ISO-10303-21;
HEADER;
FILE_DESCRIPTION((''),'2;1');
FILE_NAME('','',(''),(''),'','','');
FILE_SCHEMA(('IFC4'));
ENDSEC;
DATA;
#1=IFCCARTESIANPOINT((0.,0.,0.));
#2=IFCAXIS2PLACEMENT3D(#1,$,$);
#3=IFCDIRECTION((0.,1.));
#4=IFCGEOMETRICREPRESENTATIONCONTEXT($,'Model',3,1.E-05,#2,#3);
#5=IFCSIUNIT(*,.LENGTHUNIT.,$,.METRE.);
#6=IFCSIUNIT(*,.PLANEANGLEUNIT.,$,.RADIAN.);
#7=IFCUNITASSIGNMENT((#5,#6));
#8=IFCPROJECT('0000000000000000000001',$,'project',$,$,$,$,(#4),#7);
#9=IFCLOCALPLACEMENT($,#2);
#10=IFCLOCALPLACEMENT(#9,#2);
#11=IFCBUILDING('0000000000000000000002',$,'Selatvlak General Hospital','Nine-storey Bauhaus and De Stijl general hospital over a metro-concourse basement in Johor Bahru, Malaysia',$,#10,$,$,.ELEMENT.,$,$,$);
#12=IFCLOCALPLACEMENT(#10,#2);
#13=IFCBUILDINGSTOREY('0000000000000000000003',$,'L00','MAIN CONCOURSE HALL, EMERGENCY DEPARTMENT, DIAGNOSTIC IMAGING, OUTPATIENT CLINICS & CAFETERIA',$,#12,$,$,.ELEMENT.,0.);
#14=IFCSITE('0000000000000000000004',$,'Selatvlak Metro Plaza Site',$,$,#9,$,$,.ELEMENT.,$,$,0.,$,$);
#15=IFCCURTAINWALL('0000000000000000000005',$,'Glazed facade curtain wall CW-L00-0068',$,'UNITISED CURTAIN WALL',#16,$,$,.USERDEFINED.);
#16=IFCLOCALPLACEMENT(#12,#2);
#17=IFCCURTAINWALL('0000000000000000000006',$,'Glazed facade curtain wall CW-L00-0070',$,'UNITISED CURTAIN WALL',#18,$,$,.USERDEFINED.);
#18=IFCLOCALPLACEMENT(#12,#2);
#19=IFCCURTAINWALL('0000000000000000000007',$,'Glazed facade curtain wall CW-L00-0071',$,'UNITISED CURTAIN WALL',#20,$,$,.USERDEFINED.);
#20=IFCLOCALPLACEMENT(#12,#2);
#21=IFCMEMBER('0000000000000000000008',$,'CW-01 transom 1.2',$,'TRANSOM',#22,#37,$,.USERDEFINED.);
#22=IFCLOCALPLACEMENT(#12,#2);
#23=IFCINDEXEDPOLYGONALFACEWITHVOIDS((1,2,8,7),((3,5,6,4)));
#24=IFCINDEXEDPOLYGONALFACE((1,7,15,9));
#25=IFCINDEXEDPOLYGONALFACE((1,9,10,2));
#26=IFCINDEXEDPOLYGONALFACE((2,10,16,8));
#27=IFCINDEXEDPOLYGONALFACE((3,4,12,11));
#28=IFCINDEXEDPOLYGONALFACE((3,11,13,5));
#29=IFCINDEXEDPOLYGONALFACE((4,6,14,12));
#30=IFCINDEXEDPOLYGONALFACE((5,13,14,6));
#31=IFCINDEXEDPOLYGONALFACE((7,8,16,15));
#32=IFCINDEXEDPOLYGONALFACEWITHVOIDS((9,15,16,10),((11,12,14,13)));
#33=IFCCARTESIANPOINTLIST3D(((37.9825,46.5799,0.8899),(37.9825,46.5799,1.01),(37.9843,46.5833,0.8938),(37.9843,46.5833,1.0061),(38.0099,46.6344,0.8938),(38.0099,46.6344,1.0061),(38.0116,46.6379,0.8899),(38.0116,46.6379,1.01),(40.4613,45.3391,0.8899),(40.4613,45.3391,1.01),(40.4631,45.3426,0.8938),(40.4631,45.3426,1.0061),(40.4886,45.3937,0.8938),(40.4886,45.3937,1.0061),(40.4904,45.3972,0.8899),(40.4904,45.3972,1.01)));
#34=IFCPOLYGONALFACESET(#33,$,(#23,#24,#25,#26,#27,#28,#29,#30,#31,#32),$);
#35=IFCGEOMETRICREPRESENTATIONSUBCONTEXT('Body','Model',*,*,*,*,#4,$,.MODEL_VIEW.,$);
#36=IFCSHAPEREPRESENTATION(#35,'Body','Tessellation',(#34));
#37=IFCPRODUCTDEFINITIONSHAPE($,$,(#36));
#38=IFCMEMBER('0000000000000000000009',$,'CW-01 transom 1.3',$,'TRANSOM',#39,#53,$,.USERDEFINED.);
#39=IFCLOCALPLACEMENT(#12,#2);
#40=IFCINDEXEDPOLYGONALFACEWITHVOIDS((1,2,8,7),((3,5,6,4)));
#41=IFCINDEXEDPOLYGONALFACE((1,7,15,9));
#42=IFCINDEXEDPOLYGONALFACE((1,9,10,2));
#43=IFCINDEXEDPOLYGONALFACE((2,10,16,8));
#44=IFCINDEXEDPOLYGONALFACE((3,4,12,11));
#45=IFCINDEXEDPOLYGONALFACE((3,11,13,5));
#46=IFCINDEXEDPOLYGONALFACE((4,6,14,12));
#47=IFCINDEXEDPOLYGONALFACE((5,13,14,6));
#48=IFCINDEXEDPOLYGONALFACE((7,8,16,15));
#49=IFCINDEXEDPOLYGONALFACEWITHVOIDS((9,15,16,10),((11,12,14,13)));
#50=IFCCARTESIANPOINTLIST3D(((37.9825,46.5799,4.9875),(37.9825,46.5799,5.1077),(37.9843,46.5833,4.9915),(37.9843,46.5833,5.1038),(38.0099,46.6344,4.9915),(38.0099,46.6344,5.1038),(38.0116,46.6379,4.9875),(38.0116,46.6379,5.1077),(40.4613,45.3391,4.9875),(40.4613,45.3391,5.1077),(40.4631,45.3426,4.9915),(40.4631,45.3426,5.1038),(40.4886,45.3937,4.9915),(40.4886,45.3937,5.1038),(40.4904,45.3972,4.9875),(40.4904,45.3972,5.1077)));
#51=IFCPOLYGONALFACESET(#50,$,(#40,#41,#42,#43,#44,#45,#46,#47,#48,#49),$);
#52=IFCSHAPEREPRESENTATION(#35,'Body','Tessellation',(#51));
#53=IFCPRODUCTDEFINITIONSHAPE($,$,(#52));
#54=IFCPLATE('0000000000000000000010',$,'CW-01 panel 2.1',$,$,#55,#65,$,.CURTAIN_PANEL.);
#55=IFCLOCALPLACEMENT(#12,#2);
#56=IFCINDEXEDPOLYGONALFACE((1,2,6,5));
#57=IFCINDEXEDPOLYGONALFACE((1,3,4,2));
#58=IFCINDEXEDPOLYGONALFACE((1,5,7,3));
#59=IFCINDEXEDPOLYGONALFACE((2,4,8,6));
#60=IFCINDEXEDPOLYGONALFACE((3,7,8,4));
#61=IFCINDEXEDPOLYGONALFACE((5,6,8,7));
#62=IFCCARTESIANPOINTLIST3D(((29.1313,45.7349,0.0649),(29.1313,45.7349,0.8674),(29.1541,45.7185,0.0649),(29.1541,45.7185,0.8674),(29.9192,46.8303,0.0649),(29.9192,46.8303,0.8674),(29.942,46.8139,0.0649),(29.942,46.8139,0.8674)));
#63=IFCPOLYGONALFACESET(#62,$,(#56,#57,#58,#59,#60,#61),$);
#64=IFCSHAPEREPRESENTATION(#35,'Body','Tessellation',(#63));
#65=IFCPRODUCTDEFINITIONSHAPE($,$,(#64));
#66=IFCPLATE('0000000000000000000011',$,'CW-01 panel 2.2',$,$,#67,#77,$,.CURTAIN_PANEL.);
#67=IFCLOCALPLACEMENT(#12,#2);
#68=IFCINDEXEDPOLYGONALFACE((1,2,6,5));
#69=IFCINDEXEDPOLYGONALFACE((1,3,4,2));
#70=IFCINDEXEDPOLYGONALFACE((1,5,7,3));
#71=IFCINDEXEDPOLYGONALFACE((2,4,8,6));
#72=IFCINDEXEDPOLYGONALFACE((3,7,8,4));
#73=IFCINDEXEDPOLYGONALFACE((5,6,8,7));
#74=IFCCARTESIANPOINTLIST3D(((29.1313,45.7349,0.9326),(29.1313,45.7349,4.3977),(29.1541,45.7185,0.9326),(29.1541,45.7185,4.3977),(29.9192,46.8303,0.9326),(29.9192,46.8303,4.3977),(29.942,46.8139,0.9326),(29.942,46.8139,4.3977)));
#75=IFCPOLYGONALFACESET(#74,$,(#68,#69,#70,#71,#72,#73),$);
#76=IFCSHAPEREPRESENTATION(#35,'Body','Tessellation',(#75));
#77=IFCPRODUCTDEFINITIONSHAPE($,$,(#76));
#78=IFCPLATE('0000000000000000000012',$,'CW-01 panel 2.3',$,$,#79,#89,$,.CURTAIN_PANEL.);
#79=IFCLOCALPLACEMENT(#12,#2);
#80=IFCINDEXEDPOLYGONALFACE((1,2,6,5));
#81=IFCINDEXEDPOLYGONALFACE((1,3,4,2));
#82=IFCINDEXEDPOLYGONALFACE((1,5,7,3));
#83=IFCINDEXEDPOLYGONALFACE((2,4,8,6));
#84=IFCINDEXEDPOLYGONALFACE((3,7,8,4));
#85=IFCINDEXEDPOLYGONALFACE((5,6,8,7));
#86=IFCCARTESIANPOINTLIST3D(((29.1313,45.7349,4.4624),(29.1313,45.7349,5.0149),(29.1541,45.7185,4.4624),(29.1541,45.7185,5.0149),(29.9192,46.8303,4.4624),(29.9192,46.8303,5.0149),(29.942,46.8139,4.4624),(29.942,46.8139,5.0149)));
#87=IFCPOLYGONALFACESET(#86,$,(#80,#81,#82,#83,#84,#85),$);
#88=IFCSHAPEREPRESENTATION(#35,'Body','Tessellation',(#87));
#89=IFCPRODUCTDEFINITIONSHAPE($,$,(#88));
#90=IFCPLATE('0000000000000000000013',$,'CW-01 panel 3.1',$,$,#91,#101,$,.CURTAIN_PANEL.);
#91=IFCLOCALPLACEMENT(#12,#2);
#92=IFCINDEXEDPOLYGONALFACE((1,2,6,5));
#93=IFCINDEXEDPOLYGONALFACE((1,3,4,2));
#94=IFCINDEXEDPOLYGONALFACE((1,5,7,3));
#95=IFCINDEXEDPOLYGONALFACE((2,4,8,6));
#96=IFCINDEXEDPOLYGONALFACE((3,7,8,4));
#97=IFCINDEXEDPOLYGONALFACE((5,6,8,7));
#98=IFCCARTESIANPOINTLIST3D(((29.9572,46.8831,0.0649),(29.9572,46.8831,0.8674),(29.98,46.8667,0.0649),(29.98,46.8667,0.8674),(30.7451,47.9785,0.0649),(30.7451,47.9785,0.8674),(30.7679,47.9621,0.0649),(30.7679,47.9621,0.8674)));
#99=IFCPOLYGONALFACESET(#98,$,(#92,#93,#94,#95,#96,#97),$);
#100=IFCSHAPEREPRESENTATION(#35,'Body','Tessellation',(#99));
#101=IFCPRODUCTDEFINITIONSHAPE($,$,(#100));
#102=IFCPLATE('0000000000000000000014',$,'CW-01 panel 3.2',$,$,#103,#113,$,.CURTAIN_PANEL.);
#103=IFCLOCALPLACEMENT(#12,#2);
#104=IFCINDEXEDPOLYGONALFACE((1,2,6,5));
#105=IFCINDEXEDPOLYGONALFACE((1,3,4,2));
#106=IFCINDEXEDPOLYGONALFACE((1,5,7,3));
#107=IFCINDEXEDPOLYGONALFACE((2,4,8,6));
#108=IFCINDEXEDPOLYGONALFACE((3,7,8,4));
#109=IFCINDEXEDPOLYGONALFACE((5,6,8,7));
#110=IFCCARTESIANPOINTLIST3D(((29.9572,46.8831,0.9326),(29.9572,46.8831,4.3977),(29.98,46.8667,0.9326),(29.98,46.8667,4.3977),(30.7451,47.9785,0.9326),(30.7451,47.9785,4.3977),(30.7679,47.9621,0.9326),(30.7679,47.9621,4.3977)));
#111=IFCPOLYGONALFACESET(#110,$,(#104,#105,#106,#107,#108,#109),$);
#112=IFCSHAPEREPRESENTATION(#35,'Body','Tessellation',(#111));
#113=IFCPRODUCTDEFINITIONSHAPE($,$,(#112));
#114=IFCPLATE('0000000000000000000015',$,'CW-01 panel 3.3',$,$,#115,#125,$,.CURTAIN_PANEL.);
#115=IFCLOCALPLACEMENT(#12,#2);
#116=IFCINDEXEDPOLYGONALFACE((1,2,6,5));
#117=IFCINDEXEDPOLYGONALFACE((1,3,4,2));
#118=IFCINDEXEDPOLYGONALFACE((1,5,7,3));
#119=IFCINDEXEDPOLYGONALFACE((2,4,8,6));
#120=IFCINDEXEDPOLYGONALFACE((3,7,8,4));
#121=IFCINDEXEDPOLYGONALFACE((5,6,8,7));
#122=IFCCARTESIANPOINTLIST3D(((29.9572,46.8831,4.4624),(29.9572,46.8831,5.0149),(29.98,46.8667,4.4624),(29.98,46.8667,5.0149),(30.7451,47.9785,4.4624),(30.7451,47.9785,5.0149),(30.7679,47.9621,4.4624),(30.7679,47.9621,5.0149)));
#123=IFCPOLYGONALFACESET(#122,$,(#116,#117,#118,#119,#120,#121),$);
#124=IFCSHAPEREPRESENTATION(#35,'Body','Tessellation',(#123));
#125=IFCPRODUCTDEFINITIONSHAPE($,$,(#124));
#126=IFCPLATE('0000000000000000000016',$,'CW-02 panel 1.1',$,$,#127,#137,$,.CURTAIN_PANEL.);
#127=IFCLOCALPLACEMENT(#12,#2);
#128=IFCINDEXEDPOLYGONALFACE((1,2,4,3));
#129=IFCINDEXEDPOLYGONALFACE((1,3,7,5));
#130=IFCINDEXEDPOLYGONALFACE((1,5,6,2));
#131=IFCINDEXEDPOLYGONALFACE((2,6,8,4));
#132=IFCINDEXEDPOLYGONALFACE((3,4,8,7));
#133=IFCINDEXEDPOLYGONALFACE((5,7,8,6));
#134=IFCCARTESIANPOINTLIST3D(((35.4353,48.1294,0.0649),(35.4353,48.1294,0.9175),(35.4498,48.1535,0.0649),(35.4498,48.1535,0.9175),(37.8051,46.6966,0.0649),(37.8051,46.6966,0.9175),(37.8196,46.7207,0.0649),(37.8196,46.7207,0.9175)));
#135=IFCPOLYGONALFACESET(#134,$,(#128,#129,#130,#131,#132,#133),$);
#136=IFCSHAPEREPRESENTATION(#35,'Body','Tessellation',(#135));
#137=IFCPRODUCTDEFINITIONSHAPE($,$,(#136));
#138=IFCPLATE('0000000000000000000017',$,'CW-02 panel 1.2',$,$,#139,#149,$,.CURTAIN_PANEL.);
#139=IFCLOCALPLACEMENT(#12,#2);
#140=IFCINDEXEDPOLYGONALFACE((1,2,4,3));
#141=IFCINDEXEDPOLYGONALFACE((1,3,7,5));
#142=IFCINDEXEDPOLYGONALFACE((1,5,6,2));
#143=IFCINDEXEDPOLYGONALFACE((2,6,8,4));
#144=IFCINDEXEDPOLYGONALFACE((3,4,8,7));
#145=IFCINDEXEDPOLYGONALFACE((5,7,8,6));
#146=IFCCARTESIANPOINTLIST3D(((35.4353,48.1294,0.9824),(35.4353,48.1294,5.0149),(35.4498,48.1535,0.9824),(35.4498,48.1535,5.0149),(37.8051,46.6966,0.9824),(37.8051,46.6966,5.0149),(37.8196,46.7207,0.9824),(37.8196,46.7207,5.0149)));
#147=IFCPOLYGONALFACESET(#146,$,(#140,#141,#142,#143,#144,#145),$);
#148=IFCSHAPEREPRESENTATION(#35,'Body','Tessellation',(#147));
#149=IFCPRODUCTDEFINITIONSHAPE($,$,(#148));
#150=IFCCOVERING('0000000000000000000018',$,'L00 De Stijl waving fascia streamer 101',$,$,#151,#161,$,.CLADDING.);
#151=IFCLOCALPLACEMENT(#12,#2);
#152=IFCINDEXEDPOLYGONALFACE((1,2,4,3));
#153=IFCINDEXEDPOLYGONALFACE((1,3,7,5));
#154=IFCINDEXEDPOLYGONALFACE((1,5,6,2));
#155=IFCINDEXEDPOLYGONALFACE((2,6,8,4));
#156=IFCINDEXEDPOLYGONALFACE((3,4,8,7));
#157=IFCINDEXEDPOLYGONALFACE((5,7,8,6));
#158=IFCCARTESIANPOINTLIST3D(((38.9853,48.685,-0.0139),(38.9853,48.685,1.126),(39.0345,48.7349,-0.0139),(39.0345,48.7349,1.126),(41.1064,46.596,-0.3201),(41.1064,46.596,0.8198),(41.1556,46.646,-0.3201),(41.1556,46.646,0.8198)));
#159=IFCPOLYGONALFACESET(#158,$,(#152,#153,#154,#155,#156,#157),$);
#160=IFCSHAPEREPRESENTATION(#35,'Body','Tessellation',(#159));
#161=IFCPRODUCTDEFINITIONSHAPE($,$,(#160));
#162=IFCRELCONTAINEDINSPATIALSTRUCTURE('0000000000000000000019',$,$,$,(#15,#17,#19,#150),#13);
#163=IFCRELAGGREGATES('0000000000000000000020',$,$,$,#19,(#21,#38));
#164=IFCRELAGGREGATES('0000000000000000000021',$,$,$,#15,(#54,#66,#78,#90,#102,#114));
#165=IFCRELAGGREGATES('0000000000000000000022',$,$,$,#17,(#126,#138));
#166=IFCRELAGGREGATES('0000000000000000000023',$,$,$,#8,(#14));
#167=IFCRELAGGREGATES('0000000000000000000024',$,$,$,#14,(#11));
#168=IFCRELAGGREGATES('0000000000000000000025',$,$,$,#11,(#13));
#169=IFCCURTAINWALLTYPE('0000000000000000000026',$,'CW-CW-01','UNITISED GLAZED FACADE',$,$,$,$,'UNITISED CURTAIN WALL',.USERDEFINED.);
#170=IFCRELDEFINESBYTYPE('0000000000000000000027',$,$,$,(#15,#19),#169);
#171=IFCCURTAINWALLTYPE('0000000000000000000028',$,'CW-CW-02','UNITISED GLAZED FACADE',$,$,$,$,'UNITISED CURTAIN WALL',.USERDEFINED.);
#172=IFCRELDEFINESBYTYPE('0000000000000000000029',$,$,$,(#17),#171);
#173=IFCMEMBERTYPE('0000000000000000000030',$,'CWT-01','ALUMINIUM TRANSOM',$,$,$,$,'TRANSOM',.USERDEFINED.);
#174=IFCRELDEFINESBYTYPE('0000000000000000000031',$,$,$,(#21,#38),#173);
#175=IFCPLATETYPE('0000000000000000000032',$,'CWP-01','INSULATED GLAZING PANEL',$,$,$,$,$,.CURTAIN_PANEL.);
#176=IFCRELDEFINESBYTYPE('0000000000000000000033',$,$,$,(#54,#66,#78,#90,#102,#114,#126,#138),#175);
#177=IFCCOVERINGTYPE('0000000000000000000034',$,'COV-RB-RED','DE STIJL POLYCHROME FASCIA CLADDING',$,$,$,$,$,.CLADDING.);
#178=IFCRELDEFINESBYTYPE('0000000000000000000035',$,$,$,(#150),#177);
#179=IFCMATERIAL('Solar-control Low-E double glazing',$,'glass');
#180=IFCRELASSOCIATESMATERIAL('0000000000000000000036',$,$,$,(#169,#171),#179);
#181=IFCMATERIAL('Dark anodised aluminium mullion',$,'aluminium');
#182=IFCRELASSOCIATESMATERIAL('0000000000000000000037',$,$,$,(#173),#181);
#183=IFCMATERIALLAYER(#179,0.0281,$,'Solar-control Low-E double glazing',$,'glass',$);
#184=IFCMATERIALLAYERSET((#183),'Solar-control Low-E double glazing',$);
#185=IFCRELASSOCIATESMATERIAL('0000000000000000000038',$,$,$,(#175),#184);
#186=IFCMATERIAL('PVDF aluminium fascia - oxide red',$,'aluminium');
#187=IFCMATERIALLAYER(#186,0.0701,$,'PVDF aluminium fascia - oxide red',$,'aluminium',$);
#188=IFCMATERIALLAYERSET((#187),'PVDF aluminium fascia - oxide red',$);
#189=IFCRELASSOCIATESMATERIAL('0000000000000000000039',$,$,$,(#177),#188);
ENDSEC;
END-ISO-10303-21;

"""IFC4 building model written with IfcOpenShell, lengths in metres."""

from ifc_helpers import new_model, si_unit, direction, frame, origin, origin_2d, place, context, subcontext, project, spatial, polyline, rectangle, hollow_rectangle, outline, extrude, material, layer, layer_set, material_profile, profile_set, type_object, element, aggregate, save


model = new_model("IFC4")

# Units and contexts
model_context = context("Model", 3, precision=1e-05, world=origin(), true_north=direction((0.0, 1.0)))
body_context = subcontext(model_context, "Body", "Model", "MODEL_VIEW")
ifc_project = project(units=[si_unit("LENGTHUNIT", "METRE"), si_unit("PLANEANGLEUNIT", "RADIAN")], contexts=[model_context])

# Site, building, storey
site_placement = place(None, origin())
site = spatial("IfcSite", under=ifc_project, at=site_placement, Name="Selatvlak Metro Plaza Site", CompositionType="ELEMENT", RefElevation=0.0)
building_placement = place(site_placement, origin())
building = spatial("IfcBuilding", under=site, at=building_placement, Name="Selatvlak General Hospital", Description="Nine-storey Bauhaus and De Stijl general hospital over a metro-concourse basement in Johor Bahru, Malaysia", CompositionType="ELEMENT")
storey_placement = place(building_placement, origin())
storey = spatial("IfcBuildingStorey", under=building, at=storey_placement, Name="L00", Description="MAIN CONCOURSE HALL, EMERGENCY DEPARTMENT, DIAGNOSTIC IMAGING, OUTPATIENT CLINICS & CAFETERIA", CompositionType="ELEMENT", Elevation=0.0)

# Curtain wall
ifc_material_1 = material(Name="Solar-control Low-E double glazing", Category="glass")
curtain_wall_type_1 = type_object("IfcCurtainWallType", Name="CW-CW-01", Description="UNITISED GLAZED FACADE", ElementType="UNITISED CURTAIN WALL", PredefinedType="USERDEFINED", material=ifc_material_1)
curtain_wall_1_placement = place(storey_placement, origin())
curtain_wall_1 = element("IfcCurtainWall", 1, at=curtain_wall_1_placement, inside=storey, type_object=curtain_wall_type_1, Name="Glazed facade curtain wall CW-L00-0068", ObjectType="UNITISED CURTAIN WALL", PredefinedType="USERDEFINED")
ifc_material_2 = material(Name="Dark anodised aluminium mullion", Category="aluminium")

# Curtain walls
curtain_wall_type_2 = type_object("IfcCurtainWallType", Name="CW-CW-02", Description="UNITISED GLAZED FACADE", ElementType="UNITISED CURTAIN WALL", PredefinedType="USERDEFINED", material=ifc_material_1)
curtain_wall_2_placement = place(storey_placement, origin())
curtain_wall_2 = element("IfcCurtainWall", 2, at=curtain_wall_2_placement, inside=storey, type_object=curtain_wall_type_2, Name="Glazed facade curtain wall CW-L00-0070", ObjectType="UNITISED CURTAIN WALL", PredefinedType="USERDEFINED")
curtain_wall_3_placement = place(storey_placement, origin())
curtain_wall_3 = element("IfcCurtainWall", 3, at=curtain_wall_3_placement, inside=storey, type_object=curtain_wall_type_1, Name="Glazed facade curtain wall CW-L00-0071", ObjectType="UNITISED CURTAIN WALL", PredefinedType="USERDEFINED")

# Members
ifc_material_profile_1 = material_profile(ifc_material_2, hollow_rectangle(XDim=0.0649, YDim=0.1201, WallThickness=0.0039, at=origin_2d()), Name="AL-TRN 65x120x4")
ifc_profile_set_1 = profile_set([ifc_material_profile_1], Name="Dark anodised aluminium mullion")
member_type_1 = type_object("IfcMemberType", Name="CWT-01", Description="ALUMINIUM TRANSOM", ElementType="TRANSOM", PredefinedType="USERDEFINED", material=ifc_profile_set_1)
member_1_placement = place(storey_placement, frame((37.9971, 46.6089, 0.95), z_axis=(0.894233, -0.447601, 0.0), x_axis=(0.447601, 0.894233, 0.0)))
member_1 = element("IfcMember", 4, at=member_1_placement, type_object=member_type_1, Name="CW-01 transom 1.2", ObjectType="TRANSOM", PredefinedType="USERDEFINED", context=body_context, shape_type="SweptSolid", body=[
    extrude(hollow_rectangle(XDim=0.0649, YDim=0.1201, WallThickness=0.0039, at=origin_2d()), origin(), (0.0, 0.0, 1.0), 2.772),
])
member_2_placement = place(storey_placement, frame((37.9971, 46.6089, 5.0476), z_axis=(0.894233, -0.447601, 0.0), x_axis=(0.447601, 0.894233, 0.0)))
member_2 = element("IfcMember", 5, at=member_2_placement, type_object=member_type_1, Name="CW-01 transom 1.3", ObjectType="TRANSOM", PredefinedType="USERDEFINED", context=body_context, shape_type="SweptSolid", body=[
    extrude(hollow_rectangle(XDim=0.0649, YDim=0.1201, WallThickness=0.0039, at=origin_2d()), origin(), (0.0, 0.0, 1.0), 2.772),
])
aggregate(curtain_wall_3, [member_1, member_2])

# Plates
ifc_layer_1 = layer(ifc_material_1, 0.0281, Name="Solar-control Low-E double glazing", Category="glass")
ifc_layer_set_1 = layer_set([ifc_layer_1], Name="Solar-control Low-E double glazing")
plate_type = type_object("IfcPlateType", Name="CWP-01", Description="INSULATED GLAZING PANEL", PredefinedType="CURTAIN_PANEL", material=ifc_layer_set_1)
plate_1_placement = place(storey_placement, frame((29.5366, 46.2744, 0.0649), z_axis=(0.0, 0.0, 1.0), x_axis=(0.583884, 0.811837, 0.0)))
plate_1 = element("IfcPlate", 6, at=plate_1_placement, type_object=plate_type, Name="CW-01 panel 2.1", PredefinedType="CURTAIN_PANEL", context=body_context, shape_type="SweptSolid", body=[
    extrude(rectangle(XDim=1.3494, YDim=0.0281, at=origin_2d()), origin(), (0.0, 0.0, 1.0), 0.8025),
])
plate_2_placement = place(storey_placement, frame((29.5366, 46.2744, 0.9326), z_axis=(0.0, 0.0, 1.0), x_axis=(0.583884, 0.811837, 0.0)))
plate_2 = element("IfcPlate", 7, at=plate_2_placement, type_object=plate_type, Name="CW-01 panel 2.2", PredefinedType="CURTAIN_PANEL", context=body_context, shape_type="SweptSolid", body=[
    extrude(rectangle(XDim=1.3494, YDim=0.0281, at=origin_2d()), origin(), (0.0, 0.0, 1.0), 3.4651),
])
plate_3_placement = place(storey_placement, frame((29.5366, 46.2744, 4.4624), z_axis=(0.0, 0.0, 1.0), x_axis=(0.583884, 0.811837, 0.0)))
plate_3 = element("IfcPlate", 8, at=plate_3_placement, type_object=plate_type, Name="CW-01 panel 2.3", PredefinedType="CURTAIN_PANEL", context=body_context, shape_type="SweptSolid", body=[
    extrude(rectangle(XDim=1.3494, YDim=0.0281, at=origin_2d()), origin(), (0.0, 0.0, 1.0), 0.5525),
])
plate_4_placement = place(storey_placement, frame((30.3625, 47.4226, 0.0649), z_axis=(0.0, 0.0, 1.0), x_axis=(0.583884, 0.811837, 0.0)))
plate_4 = element("IfcPlate", 9, at=plate_4_placement, type_object=plate_type, Name="CW-01 panel 3.1", PredefinedType="CURTAIN_PANEL", context=body_context, shape_type="SweptSolid", body=[
    extrude(rectangle(XDim=1.3494, YDim=0.0281, at=origin_2d()), origin(), (0.0, 0.0, 1.0), 0.8025),
])
plate_5_placement = place(storey_placement, frame((30.3625, 47.4226, 0.9326), z_axis=(0.0, 0.0, 1.0), x_axis=(0.583884, 0.811837, 0.0)))
plate_5 = element("IfcPlate", 10, at=plate_5_placement, type_object=plate_type, Name="CW-01 panel 3.2", PredefinedType="CURTAIN_PANEL", context=body_context, shape_type="SweptSolid", body=[
    extrude(rectangle(XDim=1.3494, YDim=0.0281, at=origin_2d()), origin(), (0.0, 0.0, 1.0), 3.4651),
])
plate_6_placement = place(storey_placement, frame((30.3625, 47.4226, 4.4624), z_axis=(0.0, 0.0, 1.0), x_axis=(0.583884, 0.811837, 0.0)))
plate_6 = element("IfcPlate", 11, at=plate_6_placement, type_object=plate_type, Name="CW-01 panel 3.3", PredefinedType="CURTAIN_PANEL", context=body_context, shape_type="SweptSolid", body=[
    extrude(rectangle(XDim=1.3494, YDim=0.0281, at=origin_2d()), origin(), (0.0, 0.0, 1.0), 0.5525),
])
aggregate(curtain_wall_1, [plate_1, plate_2, plate_3, plate_4, plate_5, plate_6])
plate_7_placement = place(storey_placement, frame((36.6274, 47.425, 0.0649), z_axis=(0.0, 0.0, 1.0), x_axis=(0.855753, -0.517384, 0.0)))
plate_7 = element("IfcPlate", 12, at=plate_7_placement, type_object=plate_type, Name="CW-02 panel 1.1", PredefinedType="CURTAIN_PANEL", context=body_context, shape_type="SweptSolid", body=[
    extrude(rectangle(XDim=2.7693, YDim=0.0281, at=origin_2d()), origin(), (0.0, 0.0, 1.0), 0.8525),
])
plate_8_placement = place(storey_placement, frame((36.6274, 47.425, 0.9824), z_axis=(0.0, 0.0, 1.0), x_axis=(0.855753, -0.517384, 0.0)))
plate_8 = element("IfcPlate", 13, at=plate_8_placement, type_object=plate_type, Name="CW-02 panel 1.2", PredefinedType="CURTAIN_PANEL", context=body_context, shape_type="SweptSolid", body=[
    extrude(rectangle(XDim=2.7693, YDim=0.0281, at=origin_2d()), origin(), (0.0, 0.0, 1.0), 4.0325),
])
aggregate(curtain_wall_2, [plate_7, plate_8])

# Covering
ifc_material_3 = material(Name="PVDF aluminium fascia - oxide red", Category="aluminium")
ifc_layer_2 = layer(ifc_material_3, 0.0701, Name="PVDF aluminium fascia - oxide red", Category="aluminium")
ifc_layer_set_2 = layer_set([ifc_layer_2], Name="PVDF aluminium fascia - oxide red")
covering_type = type_object("IfcCoveringType", Name="COV-RB-RED", Description="DE STIJL POLYCHROME FASCIA CLADDING", PredefinedType="CLADDING", material=ifc_layer_set_2)
covering_placement = place(storey_placement, frame((41.1311, 46.6211, -0.3201), z_axis=(0.0, 0.0, 1.0), x_axis=(-0.712499, 0.701673, 0.0)))
element("IfcCovering", 14, at=covering_placement, inside=storey, type_object=covering_type, Name="L00 De Stijl waving fascia streamer 101", PredefinedType="CLADDING", context=body_context, shape_type="SweptSolid", body=[
    extrude(outline(polyline([(0.0, 0.0), (2.9771, 0.3062), (2.9771, 1.446), (0.0, 1.1399), (0.0, 0.0)])), frame((0.0, 0.0352, 0.0), z_axis=(0.0, -1.0, 0.0), x_axis=(1.0, 0.0, 0.0)), (0.0, 0.0, 1.0), 0.0701),
])

save(model, "model.ifc")
